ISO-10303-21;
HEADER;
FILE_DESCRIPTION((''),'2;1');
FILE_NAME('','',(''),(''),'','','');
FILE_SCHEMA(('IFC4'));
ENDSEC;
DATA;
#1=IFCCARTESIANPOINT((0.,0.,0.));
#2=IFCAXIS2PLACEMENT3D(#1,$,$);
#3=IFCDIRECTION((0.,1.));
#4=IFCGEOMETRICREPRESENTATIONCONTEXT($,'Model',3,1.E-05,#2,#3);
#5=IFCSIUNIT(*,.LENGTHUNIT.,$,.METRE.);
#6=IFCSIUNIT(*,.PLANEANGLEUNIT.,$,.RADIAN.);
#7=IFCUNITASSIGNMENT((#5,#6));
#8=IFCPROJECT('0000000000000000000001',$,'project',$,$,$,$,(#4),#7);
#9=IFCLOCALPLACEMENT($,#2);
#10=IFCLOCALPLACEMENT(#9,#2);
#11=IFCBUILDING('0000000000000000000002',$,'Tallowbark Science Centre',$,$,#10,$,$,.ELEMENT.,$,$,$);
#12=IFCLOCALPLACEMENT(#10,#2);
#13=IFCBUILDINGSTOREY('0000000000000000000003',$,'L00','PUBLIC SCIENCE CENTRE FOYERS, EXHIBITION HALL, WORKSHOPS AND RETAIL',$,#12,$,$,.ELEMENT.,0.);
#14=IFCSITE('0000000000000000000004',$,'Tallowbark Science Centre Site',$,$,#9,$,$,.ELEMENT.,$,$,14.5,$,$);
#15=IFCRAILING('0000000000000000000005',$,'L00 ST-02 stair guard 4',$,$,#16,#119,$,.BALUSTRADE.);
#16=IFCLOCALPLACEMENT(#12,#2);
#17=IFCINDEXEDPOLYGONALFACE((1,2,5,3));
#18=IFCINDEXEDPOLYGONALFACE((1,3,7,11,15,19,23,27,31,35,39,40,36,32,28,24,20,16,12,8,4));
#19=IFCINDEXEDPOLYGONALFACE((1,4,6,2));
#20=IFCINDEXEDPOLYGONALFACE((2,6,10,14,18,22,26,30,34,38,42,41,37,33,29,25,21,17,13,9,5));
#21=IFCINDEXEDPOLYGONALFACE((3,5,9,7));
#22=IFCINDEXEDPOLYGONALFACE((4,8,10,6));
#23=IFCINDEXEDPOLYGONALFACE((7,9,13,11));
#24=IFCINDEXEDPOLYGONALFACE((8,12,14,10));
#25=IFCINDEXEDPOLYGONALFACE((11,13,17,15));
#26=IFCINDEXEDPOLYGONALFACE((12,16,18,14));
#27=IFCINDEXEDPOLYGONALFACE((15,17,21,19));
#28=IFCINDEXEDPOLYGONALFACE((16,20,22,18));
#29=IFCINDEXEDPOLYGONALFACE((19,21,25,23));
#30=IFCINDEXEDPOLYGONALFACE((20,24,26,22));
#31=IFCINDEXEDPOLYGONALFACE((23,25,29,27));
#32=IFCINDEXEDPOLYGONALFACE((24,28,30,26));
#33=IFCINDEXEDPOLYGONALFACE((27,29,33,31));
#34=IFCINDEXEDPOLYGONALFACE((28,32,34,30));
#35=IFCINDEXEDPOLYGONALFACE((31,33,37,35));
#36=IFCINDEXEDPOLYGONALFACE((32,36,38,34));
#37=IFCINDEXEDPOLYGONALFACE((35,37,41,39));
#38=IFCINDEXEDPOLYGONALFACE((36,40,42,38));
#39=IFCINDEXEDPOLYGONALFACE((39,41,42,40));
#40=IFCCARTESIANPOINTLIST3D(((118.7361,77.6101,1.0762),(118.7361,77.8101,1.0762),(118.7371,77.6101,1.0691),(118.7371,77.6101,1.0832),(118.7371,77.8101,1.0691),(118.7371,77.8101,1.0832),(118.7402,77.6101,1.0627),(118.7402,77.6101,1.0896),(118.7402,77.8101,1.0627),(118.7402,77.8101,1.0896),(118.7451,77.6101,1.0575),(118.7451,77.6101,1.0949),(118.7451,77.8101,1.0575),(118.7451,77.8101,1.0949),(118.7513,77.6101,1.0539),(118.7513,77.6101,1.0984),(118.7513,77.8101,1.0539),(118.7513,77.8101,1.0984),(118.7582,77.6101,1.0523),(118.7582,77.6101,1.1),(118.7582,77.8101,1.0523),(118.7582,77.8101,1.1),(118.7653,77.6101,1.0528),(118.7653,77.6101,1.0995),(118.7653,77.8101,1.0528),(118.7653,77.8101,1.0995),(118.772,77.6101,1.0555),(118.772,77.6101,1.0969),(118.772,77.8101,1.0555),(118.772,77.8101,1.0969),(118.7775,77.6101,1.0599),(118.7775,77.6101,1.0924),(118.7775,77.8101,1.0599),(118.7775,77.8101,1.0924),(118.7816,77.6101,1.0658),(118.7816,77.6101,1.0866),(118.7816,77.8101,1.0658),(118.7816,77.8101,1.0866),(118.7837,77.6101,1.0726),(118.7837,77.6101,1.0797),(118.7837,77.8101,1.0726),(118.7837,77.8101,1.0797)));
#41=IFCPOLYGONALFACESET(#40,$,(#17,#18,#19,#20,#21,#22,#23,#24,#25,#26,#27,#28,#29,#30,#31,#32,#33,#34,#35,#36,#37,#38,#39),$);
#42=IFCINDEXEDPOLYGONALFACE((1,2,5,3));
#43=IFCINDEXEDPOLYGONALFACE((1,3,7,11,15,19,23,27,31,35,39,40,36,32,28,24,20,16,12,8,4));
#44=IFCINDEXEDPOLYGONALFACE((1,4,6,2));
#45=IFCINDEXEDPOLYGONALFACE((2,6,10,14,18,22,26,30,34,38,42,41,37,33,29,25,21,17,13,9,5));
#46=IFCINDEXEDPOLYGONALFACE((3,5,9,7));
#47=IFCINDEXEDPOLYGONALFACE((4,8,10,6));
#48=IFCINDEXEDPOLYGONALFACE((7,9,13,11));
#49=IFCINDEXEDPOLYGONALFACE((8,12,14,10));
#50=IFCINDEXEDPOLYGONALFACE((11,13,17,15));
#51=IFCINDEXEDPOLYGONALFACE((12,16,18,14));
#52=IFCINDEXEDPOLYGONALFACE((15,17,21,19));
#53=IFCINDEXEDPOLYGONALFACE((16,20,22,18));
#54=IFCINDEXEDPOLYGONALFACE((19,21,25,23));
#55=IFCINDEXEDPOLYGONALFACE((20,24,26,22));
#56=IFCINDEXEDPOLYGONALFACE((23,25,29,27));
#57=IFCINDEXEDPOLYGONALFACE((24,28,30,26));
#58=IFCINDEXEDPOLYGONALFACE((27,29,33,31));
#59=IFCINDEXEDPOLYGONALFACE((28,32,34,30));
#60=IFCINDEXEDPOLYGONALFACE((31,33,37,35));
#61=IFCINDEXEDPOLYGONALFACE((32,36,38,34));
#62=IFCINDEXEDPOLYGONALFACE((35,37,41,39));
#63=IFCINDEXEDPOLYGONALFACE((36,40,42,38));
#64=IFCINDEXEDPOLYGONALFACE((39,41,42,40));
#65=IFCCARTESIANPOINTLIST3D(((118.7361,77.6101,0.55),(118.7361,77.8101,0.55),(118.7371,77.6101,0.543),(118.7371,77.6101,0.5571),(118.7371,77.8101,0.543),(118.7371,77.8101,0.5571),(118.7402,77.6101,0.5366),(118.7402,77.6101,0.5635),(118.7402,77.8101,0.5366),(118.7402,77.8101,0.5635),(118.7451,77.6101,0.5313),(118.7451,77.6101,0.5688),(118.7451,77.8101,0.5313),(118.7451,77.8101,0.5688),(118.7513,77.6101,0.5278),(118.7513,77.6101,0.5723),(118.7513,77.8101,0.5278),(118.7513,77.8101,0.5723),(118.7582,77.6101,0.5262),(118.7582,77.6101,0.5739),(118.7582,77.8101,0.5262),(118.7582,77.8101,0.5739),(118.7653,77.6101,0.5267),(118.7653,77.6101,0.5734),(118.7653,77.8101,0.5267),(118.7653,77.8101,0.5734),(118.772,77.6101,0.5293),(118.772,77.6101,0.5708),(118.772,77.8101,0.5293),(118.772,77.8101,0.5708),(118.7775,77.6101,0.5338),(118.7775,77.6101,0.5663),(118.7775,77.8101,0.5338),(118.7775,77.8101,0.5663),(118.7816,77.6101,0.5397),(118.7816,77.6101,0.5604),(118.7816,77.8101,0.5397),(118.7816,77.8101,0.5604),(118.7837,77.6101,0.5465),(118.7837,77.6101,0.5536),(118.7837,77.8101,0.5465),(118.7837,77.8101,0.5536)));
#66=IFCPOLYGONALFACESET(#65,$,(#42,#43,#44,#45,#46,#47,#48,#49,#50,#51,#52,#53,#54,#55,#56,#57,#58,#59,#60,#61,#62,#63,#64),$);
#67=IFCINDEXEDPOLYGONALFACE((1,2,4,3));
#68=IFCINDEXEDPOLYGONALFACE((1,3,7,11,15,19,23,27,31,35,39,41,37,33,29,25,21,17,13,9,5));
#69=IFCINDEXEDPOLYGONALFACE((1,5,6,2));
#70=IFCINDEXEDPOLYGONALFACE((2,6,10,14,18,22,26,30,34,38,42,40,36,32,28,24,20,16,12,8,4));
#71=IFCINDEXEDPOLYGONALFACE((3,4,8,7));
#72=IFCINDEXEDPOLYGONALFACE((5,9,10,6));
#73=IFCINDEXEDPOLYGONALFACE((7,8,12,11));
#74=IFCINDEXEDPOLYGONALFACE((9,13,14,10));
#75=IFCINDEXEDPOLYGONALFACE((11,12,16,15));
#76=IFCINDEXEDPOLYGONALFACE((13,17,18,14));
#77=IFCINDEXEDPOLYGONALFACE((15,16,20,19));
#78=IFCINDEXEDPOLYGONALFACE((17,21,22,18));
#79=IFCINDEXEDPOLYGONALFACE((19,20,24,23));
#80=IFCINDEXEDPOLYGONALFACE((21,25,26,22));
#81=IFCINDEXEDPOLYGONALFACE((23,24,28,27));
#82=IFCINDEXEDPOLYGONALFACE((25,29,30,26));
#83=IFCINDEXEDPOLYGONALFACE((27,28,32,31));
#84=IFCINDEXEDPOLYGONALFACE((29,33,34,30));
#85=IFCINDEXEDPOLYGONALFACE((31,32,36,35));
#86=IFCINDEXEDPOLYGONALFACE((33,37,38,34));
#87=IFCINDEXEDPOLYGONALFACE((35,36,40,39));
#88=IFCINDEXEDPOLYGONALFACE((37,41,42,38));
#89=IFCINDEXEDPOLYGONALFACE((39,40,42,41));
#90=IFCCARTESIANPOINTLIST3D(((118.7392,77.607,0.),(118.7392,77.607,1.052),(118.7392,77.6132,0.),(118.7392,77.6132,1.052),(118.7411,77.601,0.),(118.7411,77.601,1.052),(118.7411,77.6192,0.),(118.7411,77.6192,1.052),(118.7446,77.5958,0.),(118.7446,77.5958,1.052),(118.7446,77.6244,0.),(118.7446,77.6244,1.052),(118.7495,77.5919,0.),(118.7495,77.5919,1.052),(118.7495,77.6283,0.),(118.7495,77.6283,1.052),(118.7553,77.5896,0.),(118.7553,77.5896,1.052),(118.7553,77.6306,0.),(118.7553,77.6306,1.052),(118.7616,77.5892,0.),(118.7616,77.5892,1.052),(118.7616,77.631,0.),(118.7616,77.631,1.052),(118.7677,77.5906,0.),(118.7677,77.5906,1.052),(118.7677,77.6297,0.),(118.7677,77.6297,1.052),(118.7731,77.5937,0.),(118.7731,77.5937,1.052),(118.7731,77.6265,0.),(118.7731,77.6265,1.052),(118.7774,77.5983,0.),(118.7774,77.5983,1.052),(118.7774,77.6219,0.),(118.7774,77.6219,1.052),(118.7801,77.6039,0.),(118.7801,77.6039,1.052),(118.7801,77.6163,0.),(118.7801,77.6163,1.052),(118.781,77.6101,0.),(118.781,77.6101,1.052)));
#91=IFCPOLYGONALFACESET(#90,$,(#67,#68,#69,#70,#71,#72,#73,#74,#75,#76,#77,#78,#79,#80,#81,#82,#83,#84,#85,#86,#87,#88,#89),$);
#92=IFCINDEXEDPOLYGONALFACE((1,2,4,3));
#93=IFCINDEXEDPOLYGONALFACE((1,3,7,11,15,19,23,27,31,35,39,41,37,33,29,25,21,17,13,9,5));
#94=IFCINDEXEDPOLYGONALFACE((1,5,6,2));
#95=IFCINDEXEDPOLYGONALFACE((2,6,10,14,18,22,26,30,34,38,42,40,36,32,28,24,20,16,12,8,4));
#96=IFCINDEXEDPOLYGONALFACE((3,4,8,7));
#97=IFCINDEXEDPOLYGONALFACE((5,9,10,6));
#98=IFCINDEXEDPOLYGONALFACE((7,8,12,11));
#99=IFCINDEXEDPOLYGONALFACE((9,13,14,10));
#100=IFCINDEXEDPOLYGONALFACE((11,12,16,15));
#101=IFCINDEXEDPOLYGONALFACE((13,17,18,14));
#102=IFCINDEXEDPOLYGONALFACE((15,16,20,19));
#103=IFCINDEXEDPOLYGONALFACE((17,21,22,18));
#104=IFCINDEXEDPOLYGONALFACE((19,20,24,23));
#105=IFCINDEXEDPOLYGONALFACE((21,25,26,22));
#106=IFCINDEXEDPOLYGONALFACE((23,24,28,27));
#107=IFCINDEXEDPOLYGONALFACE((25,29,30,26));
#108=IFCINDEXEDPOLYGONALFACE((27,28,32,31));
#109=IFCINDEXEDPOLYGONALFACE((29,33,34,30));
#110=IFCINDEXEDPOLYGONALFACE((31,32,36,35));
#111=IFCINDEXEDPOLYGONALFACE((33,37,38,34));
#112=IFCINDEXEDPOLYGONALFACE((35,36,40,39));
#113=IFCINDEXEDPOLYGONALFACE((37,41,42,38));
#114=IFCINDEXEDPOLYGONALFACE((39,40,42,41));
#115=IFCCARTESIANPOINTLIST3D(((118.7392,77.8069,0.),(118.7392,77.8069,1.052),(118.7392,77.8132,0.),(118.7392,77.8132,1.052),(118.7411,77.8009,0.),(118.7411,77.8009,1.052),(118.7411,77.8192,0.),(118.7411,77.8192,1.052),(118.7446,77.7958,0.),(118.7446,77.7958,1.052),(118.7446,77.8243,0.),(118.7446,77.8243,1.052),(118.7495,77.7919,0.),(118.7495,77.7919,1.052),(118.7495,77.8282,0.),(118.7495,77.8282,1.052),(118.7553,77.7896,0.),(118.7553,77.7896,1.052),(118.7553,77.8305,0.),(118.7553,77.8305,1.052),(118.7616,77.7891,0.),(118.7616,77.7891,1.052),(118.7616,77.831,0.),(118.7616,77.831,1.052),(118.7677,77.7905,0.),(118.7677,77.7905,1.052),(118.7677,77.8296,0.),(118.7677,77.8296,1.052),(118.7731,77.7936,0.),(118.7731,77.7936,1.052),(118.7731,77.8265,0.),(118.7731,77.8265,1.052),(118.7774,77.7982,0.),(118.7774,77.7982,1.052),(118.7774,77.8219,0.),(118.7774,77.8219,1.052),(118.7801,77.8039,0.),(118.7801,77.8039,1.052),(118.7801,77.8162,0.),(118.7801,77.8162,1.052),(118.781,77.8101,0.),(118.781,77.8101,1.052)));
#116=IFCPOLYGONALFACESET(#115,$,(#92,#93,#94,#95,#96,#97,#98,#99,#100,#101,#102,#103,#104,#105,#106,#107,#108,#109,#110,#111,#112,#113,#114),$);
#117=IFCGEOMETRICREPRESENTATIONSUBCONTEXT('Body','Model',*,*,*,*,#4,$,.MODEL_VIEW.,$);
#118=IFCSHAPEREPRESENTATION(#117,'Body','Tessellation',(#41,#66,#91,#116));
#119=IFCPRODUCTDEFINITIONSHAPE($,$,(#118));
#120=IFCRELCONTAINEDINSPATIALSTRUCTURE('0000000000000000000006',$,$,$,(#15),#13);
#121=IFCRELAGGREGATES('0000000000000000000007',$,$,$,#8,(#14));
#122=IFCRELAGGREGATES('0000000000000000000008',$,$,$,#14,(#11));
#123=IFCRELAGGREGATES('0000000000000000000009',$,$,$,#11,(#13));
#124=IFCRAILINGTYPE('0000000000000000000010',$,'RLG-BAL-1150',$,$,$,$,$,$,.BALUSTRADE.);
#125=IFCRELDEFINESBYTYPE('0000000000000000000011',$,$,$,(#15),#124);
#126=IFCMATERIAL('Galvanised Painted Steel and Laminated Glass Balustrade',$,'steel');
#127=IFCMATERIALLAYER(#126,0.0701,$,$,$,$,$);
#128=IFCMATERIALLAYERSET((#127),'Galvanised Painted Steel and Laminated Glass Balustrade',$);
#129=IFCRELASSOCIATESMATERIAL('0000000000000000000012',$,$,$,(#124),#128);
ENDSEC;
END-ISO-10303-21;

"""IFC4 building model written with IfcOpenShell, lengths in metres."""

from ifc_helpers import new_model, si_unit, direction, frame, origin, origin_2d, place, context, subcontext, project, spatial, circle, extrude, material, layer, layer_set, type_object, element, save


model = new_model("IFC4")

# Units and contexts
model_context = context("Model", 3, precision=1e-05, world=origin(), true_north=direction((0.0, 1.0)))
body_context = subcontext(model_context, "Body", "Model", "MODEL_VIEW")
ifc_project = project(units=[si_unit("LENGTHUNIT", "METRE"), si_unit("PLANEANGLEUNIT", "RADIAN")], contexts=[model_context])

# Site, building, storey
site_placement = place(None, origin())
site = spatial("IfcSite", under=ifc_project, at=site_placement, Name="Tallowbark Science Centre Site", CompositionType="ELEMENT", RefElevation=14.5)
building_placement = place(site_placement, origin())
building = spatial("IfcBuilding", under=site, at=building_placement, Name="Tallowbark Science Centre", CompositionType="ELEMENT")
storey_placement = place(building_placement, origin())
storey = spatial("IfcBuildingStorey", under=building, at=storey_placement, Name="L00", Description="PUBLIC SCIENCE CENTRE FOYERS, EXHIBITION HALL, WORKSHOPS AND RETAIL", CompositionType="ELEMENT", Elevation=0.0)

# Railing
ifc_material_1 = material(Name="Galvanised Painted Steel and Laminated Glass Balustrade", Category="steel")
ifc_layer_1 = layer(ifc_material_1, 0.0701)
ifc_layer_set_1 = layer_set([ifc_layer_1], Name="Galvanised Painted Steel and Laminated Glass Balustrade")
railing_type_1 = type_object("IfcRailingType", Name="RLG-BAL-1150", PredefinedType="BALUSTRADE", material=ifc_layer_set_1)
railing_1_placement = place(storey_placement, frame((118.76, 77.6101, 0.0)))
element("IfcRailing", 1, at=railing_1_placement, inside=storey, type_object=railing_type_1, Name="L00 ST-02 stair guard 4", PredefinedType="BALUSTRADE", context=body_context, shape_type="SweptSolid", body=[
    extrude(circle(Radius=0.0239, at=origin_2d()), frame((0.0, 0.0, 1.0762), z_axis=(0.0, 1.0, 0.0), x_axis=(-1.0, 0.0, 0.0)), (0.0, 0.0, 1.0), 0.2),
    extrude(circle(Radius=0.0239, at=origin_2d()), frame((0.0, 0.0, 0.55), z_axis=(0.0, 1.0, 0.0), x_axis=(-1.0, 0.0, 0.0)), (0.0, 0.0, 1.0), 0.2),
    extrude(circle(Radius=0.021, at=origin_2d()), origin(), (0.0, 0.0, 1.0), 1.052),
    extrude(circle(Radius=0.021, at=origin_2d()), frame((0.0, 0.2, 0.0)), (0.0, 0.0, 1.0), 1.052),
])

save(model, "model.ifc")
